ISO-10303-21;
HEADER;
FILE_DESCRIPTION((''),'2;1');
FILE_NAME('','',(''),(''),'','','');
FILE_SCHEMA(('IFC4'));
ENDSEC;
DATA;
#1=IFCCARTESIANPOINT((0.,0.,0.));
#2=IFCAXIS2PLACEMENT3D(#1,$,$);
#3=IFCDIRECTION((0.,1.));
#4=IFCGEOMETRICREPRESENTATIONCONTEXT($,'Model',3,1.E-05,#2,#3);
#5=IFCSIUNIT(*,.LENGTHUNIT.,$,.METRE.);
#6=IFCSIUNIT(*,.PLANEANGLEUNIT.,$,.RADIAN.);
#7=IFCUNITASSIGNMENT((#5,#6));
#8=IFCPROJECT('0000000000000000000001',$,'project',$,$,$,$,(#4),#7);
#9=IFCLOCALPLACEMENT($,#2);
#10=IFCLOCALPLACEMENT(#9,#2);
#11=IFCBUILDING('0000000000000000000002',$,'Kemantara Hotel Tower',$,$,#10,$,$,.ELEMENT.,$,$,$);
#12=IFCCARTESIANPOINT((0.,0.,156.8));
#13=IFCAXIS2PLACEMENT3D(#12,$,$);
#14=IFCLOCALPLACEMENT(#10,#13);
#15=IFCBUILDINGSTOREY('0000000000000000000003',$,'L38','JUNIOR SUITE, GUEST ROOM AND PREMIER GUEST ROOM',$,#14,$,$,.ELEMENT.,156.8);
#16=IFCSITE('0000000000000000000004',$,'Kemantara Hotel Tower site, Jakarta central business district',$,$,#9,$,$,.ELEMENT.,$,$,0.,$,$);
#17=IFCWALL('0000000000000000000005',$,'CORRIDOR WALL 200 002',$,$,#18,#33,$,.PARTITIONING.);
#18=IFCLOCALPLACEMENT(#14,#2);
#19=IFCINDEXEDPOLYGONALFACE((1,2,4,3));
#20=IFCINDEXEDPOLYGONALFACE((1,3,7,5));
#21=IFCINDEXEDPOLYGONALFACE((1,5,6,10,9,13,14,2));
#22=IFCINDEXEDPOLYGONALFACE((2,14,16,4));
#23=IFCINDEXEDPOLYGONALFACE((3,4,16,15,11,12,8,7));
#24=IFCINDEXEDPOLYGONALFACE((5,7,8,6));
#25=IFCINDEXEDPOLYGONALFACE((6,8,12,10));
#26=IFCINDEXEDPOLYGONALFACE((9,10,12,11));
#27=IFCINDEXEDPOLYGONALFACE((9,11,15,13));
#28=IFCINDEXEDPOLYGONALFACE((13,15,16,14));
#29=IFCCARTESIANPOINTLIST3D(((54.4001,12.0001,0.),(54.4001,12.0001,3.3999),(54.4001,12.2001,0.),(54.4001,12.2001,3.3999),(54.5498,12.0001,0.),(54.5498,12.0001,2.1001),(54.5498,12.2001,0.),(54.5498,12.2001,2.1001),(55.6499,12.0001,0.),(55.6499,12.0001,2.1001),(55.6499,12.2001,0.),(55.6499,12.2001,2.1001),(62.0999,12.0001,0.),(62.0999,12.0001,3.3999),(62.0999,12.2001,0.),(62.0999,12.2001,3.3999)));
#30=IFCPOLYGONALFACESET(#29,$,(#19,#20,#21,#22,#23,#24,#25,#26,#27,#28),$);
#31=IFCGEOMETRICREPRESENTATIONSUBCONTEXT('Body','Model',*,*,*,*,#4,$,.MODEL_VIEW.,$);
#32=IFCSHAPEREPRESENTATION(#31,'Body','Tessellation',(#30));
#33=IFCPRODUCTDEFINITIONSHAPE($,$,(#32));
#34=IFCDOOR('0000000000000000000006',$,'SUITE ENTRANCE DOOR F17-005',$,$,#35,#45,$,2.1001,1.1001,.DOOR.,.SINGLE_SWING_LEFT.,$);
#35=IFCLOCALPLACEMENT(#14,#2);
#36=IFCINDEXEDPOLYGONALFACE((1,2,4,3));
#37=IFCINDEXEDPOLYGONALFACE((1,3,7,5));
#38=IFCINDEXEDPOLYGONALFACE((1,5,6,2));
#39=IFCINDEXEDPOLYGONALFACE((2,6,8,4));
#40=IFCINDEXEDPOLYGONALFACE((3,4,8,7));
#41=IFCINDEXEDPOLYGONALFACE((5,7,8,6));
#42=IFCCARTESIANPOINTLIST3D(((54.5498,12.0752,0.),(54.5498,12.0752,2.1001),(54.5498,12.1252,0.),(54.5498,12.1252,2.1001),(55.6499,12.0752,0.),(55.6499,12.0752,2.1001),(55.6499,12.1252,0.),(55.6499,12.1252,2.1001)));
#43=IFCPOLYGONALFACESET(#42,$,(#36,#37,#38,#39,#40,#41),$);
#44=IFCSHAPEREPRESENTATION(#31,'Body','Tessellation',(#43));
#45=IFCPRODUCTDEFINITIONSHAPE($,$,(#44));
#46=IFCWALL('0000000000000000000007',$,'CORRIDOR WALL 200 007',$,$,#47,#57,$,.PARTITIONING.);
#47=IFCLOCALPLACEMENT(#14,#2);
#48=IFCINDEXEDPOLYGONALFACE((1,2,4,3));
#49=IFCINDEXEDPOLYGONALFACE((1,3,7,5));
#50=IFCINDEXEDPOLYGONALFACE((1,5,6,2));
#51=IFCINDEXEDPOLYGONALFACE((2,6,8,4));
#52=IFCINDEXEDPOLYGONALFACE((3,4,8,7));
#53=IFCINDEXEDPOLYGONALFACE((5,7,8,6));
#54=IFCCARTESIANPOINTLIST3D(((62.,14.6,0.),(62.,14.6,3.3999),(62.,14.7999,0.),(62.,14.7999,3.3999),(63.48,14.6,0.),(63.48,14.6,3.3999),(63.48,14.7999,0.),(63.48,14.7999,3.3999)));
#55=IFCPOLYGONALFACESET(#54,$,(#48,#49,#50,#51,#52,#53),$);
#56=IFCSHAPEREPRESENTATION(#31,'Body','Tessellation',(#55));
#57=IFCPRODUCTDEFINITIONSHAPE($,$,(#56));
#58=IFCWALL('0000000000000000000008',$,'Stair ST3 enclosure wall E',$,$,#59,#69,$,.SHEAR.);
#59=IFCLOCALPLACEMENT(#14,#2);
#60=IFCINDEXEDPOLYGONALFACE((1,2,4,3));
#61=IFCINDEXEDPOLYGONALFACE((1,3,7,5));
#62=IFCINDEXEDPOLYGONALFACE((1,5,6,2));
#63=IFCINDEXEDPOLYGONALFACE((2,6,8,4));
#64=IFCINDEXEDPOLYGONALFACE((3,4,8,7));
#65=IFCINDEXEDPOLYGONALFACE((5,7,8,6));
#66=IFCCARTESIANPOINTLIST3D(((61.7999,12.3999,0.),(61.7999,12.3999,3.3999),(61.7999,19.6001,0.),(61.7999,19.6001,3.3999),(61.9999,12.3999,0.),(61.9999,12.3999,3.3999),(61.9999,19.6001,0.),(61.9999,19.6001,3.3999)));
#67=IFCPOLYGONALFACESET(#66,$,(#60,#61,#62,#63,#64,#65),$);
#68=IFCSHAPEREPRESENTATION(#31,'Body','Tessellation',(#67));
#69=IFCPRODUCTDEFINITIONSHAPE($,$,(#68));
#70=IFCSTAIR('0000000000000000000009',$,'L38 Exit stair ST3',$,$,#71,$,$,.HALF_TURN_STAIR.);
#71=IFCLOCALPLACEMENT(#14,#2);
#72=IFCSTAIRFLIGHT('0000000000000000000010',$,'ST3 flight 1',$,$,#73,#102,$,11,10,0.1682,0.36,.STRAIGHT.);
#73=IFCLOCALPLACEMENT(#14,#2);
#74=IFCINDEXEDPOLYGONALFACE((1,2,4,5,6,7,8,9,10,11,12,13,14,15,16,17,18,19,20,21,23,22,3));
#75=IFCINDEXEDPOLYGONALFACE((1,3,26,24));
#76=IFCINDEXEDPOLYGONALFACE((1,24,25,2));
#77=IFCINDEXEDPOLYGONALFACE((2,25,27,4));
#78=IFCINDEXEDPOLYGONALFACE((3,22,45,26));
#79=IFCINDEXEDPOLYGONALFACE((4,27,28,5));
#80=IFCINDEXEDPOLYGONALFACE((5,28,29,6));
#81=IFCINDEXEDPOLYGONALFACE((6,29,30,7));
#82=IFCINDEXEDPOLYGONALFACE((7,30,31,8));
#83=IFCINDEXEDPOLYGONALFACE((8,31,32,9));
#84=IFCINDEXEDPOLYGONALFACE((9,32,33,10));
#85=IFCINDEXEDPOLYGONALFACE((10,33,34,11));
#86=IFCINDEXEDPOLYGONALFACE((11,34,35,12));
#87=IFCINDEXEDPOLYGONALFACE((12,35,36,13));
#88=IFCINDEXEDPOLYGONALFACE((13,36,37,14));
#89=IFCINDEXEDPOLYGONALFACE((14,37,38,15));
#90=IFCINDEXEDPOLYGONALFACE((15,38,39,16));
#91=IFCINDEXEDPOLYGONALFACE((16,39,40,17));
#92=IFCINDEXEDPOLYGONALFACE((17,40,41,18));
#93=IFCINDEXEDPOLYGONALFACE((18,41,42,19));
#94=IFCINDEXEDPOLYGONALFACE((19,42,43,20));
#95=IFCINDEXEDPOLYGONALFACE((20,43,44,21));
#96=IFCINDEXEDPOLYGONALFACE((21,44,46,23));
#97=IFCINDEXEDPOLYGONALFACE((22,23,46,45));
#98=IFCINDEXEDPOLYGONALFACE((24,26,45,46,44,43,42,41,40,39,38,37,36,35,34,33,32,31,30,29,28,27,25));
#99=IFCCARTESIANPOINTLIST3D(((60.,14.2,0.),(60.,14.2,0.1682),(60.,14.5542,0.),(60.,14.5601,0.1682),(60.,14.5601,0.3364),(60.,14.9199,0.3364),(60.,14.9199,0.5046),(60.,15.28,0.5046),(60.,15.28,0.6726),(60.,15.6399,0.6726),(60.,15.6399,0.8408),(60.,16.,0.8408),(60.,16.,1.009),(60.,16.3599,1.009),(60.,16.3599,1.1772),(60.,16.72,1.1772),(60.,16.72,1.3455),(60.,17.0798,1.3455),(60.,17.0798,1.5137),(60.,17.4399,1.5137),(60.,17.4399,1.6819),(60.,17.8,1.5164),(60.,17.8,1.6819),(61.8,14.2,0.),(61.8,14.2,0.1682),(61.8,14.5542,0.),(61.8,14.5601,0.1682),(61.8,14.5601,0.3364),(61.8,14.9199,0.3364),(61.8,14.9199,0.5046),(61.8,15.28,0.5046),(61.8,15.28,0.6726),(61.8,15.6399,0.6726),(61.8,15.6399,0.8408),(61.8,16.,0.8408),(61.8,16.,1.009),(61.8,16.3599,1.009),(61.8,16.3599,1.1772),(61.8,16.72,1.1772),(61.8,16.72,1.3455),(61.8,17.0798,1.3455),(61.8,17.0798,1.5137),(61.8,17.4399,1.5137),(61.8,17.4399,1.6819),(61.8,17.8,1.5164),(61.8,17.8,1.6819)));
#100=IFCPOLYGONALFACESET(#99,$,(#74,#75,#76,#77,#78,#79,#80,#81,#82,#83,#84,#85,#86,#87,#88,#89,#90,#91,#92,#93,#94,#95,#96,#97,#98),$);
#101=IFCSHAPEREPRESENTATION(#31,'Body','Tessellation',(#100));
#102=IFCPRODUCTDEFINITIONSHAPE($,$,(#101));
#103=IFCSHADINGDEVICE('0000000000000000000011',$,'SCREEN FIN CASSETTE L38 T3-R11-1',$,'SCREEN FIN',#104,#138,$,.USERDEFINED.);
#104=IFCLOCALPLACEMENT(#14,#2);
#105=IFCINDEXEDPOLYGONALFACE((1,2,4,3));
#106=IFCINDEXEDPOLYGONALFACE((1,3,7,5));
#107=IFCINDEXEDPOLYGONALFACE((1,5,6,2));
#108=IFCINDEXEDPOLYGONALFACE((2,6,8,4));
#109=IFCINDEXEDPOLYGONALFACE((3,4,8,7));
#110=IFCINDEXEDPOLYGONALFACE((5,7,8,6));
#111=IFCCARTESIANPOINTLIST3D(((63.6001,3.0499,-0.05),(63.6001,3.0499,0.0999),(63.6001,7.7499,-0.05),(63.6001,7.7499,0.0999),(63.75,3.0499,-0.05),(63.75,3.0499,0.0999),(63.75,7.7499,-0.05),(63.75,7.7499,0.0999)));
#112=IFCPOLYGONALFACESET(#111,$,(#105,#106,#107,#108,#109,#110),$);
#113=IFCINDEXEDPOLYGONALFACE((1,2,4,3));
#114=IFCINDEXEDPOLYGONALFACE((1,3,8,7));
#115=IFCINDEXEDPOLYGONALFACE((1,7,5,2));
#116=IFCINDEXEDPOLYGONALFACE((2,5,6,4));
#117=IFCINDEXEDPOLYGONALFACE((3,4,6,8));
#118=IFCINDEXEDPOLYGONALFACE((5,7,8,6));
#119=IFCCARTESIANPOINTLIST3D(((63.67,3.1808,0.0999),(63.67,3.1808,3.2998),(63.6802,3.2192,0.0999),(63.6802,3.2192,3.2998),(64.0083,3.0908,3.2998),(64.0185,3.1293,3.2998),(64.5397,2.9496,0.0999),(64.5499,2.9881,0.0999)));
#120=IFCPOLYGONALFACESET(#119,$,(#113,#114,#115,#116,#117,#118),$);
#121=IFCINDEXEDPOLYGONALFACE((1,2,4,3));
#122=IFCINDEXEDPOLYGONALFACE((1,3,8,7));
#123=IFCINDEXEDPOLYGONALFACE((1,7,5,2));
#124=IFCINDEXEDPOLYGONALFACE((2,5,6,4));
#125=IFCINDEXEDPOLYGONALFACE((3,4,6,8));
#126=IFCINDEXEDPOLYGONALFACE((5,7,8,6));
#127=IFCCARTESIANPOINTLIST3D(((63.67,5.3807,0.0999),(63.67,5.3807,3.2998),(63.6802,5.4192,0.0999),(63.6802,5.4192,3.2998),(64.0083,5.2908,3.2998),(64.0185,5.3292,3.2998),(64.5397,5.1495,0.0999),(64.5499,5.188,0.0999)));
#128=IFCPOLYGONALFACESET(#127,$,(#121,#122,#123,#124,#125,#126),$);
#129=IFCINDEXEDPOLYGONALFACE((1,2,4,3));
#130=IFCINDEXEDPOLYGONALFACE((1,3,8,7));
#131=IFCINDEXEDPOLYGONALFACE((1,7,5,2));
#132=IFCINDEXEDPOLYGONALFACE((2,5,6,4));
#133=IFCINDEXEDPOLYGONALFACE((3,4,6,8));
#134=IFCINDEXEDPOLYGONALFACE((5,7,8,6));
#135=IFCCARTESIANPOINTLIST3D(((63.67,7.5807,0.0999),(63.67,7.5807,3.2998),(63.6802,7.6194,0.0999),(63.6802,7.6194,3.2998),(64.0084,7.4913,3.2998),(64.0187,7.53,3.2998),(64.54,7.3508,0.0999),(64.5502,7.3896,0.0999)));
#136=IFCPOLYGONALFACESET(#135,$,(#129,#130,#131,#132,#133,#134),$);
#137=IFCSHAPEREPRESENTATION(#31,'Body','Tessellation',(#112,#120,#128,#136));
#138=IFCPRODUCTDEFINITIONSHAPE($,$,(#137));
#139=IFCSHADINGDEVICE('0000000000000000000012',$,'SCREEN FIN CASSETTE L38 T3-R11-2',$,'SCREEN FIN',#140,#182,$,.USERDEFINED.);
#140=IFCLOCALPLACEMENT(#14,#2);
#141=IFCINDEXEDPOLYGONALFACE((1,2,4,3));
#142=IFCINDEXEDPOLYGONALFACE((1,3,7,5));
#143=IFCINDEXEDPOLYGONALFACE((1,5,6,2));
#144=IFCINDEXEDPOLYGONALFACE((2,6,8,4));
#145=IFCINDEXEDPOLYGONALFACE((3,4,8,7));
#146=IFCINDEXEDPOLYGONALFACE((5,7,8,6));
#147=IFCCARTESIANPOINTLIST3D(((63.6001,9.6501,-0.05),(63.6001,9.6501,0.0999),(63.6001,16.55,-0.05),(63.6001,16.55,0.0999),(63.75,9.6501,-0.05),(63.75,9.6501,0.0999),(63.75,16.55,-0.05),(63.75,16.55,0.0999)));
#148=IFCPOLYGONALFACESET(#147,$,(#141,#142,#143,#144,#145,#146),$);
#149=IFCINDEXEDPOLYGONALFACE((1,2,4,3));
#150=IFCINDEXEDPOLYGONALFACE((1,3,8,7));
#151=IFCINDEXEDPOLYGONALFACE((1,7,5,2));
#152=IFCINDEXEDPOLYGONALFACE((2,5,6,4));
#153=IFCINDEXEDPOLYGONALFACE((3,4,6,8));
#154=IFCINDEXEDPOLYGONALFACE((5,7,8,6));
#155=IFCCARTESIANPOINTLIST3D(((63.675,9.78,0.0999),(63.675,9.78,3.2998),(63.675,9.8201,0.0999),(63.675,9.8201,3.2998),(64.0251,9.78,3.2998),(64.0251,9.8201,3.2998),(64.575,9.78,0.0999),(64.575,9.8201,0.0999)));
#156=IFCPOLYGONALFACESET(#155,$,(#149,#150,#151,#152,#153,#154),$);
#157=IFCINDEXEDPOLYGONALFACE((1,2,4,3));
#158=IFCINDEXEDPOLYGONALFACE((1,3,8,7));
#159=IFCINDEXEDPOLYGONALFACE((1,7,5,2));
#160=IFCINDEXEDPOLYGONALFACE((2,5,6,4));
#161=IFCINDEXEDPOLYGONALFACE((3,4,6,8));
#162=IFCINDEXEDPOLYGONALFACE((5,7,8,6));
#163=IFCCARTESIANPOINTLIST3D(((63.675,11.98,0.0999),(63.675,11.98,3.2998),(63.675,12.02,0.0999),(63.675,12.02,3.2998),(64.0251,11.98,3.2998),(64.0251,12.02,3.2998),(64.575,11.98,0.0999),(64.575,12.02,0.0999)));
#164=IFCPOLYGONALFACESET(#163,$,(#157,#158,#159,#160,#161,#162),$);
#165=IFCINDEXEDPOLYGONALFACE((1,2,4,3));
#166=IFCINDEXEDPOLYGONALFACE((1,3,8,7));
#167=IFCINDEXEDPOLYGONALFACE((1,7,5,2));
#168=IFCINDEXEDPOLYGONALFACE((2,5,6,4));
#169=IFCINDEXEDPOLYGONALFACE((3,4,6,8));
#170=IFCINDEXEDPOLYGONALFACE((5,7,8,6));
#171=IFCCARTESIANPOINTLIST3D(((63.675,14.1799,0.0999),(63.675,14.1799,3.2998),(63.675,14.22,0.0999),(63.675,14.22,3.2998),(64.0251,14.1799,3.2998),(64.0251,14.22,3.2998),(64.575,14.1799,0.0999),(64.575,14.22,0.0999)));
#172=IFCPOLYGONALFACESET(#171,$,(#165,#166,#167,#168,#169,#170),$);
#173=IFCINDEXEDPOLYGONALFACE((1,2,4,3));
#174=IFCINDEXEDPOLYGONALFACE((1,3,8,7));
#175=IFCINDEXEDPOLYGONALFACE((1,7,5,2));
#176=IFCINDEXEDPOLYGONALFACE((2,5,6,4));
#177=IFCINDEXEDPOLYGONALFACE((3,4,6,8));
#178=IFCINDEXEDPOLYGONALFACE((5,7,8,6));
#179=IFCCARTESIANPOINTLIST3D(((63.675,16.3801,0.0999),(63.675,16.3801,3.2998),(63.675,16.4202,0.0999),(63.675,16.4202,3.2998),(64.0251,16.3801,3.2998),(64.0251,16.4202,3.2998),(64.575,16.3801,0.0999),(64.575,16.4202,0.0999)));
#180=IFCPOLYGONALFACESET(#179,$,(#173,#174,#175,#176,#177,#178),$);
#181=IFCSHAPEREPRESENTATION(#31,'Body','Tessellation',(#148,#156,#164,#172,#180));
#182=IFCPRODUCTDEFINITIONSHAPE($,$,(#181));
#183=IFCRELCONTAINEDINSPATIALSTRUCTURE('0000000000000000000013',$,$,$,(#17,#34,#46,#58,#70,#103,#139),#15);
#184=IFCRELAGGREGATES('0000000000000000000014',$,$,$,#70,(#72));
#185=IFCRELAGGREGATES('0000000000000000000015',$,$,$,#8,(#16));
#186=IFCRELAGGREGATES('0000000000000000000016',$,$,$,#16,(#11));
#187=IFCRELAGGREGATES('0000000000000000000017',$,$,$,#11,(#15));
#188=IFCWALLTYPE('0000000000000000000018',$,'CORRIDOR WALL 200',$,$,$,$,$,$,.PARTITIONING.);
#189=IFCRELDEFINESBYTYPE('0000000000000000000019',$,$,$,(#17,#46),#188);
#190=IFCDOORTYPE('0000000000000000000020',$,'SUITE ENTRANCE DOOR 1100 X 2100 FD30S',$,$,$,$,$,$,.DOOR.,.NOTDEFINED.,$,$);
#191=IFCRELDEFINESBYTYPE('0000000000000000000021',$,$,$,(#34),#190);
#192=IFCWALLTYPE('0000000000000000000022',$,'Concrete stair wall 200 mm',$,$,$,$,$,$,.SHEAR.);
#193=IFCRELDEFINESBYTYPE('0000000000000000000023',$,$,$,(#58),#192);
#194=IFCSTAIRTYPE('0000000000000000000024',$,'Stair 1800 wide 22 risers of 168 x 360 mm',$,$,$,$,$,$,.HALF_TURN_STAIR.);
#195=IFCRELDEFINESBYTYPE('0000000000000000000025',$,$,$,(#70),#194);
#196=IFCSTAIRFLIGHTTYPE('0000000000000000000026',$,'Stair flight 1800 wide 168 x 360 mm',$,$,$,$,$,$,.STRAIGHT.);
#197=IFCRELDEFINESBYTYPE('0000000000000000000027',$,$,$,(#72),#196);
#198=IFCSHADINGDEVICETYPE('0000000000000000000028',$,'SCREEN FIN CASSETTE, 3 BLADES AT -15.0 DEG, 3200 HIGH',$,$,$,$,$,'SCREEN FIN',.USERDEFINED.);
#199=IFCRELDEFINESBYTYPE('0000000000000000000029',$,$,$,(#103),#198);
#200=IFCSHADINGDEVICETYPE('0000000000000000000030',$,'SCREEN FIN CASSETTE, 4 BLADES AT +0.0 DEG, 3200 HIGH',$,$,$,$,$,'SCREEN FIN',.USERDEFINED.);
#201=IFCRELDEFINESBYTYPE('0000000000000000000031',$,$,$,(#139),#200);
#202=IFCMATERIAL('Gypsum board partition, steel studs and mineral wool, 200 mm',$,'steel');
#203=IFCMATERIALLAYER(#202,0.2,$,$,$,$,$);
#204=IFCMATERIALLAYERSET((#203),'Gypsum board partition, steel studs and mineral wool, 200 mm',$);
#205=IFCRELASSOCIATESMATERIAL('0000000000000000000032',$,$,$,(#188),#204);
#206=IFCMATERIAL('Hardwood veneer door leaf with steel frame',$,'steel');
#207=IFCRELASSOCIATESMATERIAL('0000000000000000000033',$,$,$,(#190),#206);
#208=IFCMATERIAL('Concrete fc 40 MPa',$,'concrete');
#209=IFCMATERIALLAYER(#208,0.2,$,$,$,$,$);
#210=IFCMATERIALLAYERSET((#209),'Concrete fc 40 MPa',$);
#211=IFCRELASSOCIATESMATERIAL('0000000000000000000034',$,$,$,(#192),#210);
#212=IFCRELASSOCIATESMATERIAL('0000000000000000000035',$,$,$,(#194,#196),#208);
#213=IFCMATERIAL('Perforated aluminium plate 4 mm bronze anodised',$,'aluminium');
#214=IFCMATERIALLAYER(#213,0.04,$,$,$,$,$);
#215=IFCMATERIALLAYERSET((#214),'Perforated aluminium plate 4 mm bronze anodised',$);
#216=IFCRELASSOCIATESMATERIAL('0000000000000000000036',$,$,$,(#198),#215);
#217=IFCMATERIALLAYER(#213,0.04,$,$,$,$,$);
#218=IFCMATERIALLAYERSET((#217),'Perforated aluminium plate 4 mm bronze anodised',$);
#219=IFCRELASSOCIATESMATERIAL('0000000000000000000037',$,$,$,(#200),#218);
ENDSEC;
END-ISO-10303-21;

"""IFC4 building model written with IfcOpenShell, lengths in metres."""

from ifc_helpers import new_model, si_unit, direction, frame, frame_2d, origin, origin_2d, place, context, subcontext, project, spatial, polyline, rectangle, outline, extrude, source, transform, mapped, material, layer, layer_set, type_object, element, fill, aggregate, save


model = new_model("IFC4")

# Units and contexts
model_context = context("Model", 3, precision=1e-05, world=origin(), true_north=direction((0.0, 1.0)))
body_context = subcontext(model_context, "Body", "Model", "MODEL_VIEW")
ifc_project = project(units=[si_unit("LENGTHUNIT", "METRE"), si_unit("PLANEANGLEUNIT", "RADIAN")], contexts=[model_context])

# Site, building, storey
site_placement = place(None, origin())
site = spatial("IfcSite", under=ifc_project, at=site_placement, Name="Kemantara Hotel Tower site, Jakarta central business district", CompositionType="ELEMENT", RefElevation=0.0)
building_placement = place(site_placement, origin())
building = spatial("IfcBuilding", under=site, at=building_placement, Name="Kemantara Hotel Tower", CompositionType="ELEMENT")
storey_placement = place(building_placement, frame((0.0, 0.0, 156.8)))
storey = spatial("IfcBuildingStorey", under=building, at=storey_placement, Name="L38", Description="JUNIOR SUITE, GUEST ROOM AND PREMIER GUEST ROOM", CompositionType="ELEMENT", Elevation=156.8)

# Wall, opening, door
ifc_material_1 = material(Name="Gypsum board partition, steel studs and mineral wool, 200 mm", Category="steel")
ifc_layer_1 = layer(ifc_material_1, 0.2)
ifc_layer_set_1 = layer_set([ifc_layer_1], Name="Gypsum board partition, steel studs and mineral wool, 200 mm")
wall_type_1 = type_object("IfcWallType", Name="CORRIDOR WALL 200", PredefinedType="PARTITIONING", material=ifc_layer_set_1)
wall_1_placement = place(storey_placement, frame((62.0999, 12.1001, 0.0), z_axis=(0.0, 0.0, 1.0), x_axis=(-1.0, 0.0, 0.0)))
wall_1 = element("IfcWall", 1, at=wall_1_placement, inside=storey, type_object=wall_type_1, Name="CORRIDOR WALL 200 002", PredefinedType="PARTITIONING", context=body_context, shape_type="SweptSolid", body=[
    extrude(rectangle(XDim=7.6997, YDim=0.2, at=frame_2d((3.8499, 0.0))), origin(), (0.0, 0.0, 1.0), 3.3999),
])
opening_placement = place(wall_1_placement, frame((6.45, 0.0, 0.0)))
opening = element("IfcOpeningElement", 2, at=opening_placement, cuts=wall_1, PredefinedType="OPENING", context=body_context, shape_type="SweptSolid", body=[
    extrude(rectangle(XDim=1.1001, YDim=2.1001, at=frame_2d((0.55, 1.05))), frame((0.0, 0.1099, 0.0), z_axis=(0.0, -1.0, 0.0), x_axis=(1.0, 0.0, 0.0)), (0.0, 0.0, 1.0), 0.22),
])
ifc_material_2 = material(Name="Hardwood veneer door leaf with steel frame", Category="steel")
door_type = type_object("IfcDoorType", Name="SUITE ENTRANCE DOOR 1100 X 2100 FD30S", OperationType="NOTDEFINED", PredefinedType="DOOR", material=ifc_material_2)
door_placement = place(opening_placement, origin())
door = element("IfcDoor", 3, at=door_placement, inside=storey, type_object=door_type, Name="SUITE ENTRANCE DOOR F17-005", OperationType="SINGLE_SWING_LEFT", OverallHeight=2.1001, OverallWidth=1.1001, PredefinedType="DOOR", context=body_context, shape_type="SweptSolid", body=[
    extrude(rectangle(XDim=1.1001, YDim=2.1001, at=frame_2d((0.55, 1.05))), frame((0.0, 0.0249, 0.0), z_axis=(0.0, -1.0, 0.0), x_axis=(1.0, 0.0, 0.0)), (0.0, 0.0, 1.0), 0.05),
])
fill(opening, door)

# Walls
wall_2_placement = place(storey_placement, frame((62.0, 14.7, 0.0), z_axis=(0.0, 0.0, 1.0), x_axis=(1.0, 0.0, 0.0)))
element("IfcWall", 4, at=wall_2_placement, inside=storey, type_object=wall_type_1, Name="CORRIDOR WALL 200 007", PredefinedType="PARTITIONING", context=body_context, shape_type="SweptSolid", body=[
    extrude(rectangle(XDim=1.48, YDim=0.2, at=frame_2d((0.74, 0.0))), origin(), (0.0, 0.0, 1.0), 3.3999),
])
ifc_material_3 = material(Name="Concrete fc 40 MPa", Category="concrete")
ifc_layer_2 = layer(ifc_material_3, 0.2)
ifc_layer_set_2 = layer_set([ifc_layer_2], Name="Concrete fc 40 MPa")
wall_type_2 = type_object("IfcWallType", Name="Concrete stair wall 200 mm", PredefinedType="SHEAR", material=ifc_layer_set_2)
wall_3_placement = place(storey_placement, frame((61.8999, 12.3999, 0.0), z_axis=(0.0, 0.0, 1.0), x_axis=(0.0, 1.0, 0.0)))
element("IfcWall", 5, at=wall_3_placement, inside=storey, type_object=wall_type_2, Name="Stair ST3 enclosure wall E", PredefinedType="SHEAR", context=body_context, shape_type="SweptSolid", body=[
    extrude(rectangle(XDim=7.2002, YDim=0.2, at=frame_2d((3.6001, 0.0))), origin(), (0.0, 0.0, 1.0), 3.3999),
])

# Stair, stair flight
stair_type = type_object("IfcStairType", Name="Stair 1800 wide 22 risers of 168 x 360 mm", PredefinedType="HALF_TURN_STAIR", material=ifc_material_3)
stair_placement = place(storey_placement, origin())
stair = element("IfcStair", 6, at=stair_placement, inside=storey, type_object=stair_type, Name="L38 Exit stair ST3", PredefinedType="HALF_TURN_STAIR")
stair_flight_type = type_object("IfcStairFlightType", Name="Stair flight 1800 wide 168 x 360 mm", PredefinedType="STRAIGHT", material=ifc_material_3)
stair_flight_placement = place(storey_placement, frame((60.8999, 14.2, 0.0), z_axis=(0.0, 0.0, 1.0), x_axis=(0.0, 1.0, 0.0)))
stair_flight = element("IfcStairFlight", 7, at=stair_flight_placement, type_object=stair_flight_type, Name="ST3 flight 1", NumberOfRisers=11, NumberOfTreads=10, PredefinedType="STRAIGHT", RiserHeight=0.1682, TreadLength=0.36, context=body_context, shape_type="SweptSolid", body=[
    extrude(outline(polyline([(0.0, 0.0), (0.0, 0.1682), (0.3601, 0.1682), (0.3601, 0.3364), (0.72, 0.3364), (0.72, 0.5046), (1.0801, 0.5046), (1.0801, 0.6726), (1.4399, 0.6726), (1.4399, 0.8408), (1.8, 0.8408), (1.8, 1.009), (2.1599, 1.009), (2.1599, 1.1772), (2.52, 1.1772), (2.52, 1.3455), (2.8799, 1.3455), (2.8799, 1.5137), (3.24, 1.5137), (3.24, 1.6819), (3.6001, 1.6819), (3.6001, 1.8501), (3.6001, 1.5164), (0.3542, 0.0), (0.0, 0.0)])), frame((0.0, 0.8999, 0.0), z_axis=(0.0, -1.0, 0.0), x_axis=(1.0, 0.0, 0.0)), (0.0, 0.0, 1.0), 1.8),
])
aggregate(stair, [stair_flight])

# Shading devices
ifc_material_4 = material(Name="Perforated aluminium plate 4 mm bronze anodised", Category="aluminium")
ifc_layer_3 = layer(ifc_material_4, 0.04)
ifc_layer_set_3 = layer_set([ifc_layer_3], Name="Perforated aluminium plate 4 mm bronze anodised")
shading_device_type_1 = type_object("IfcShadingDeviceType", Name="SCREEN FIN CASSETTE, 3 BLADES AT -15.0 DEG, 3200 HIGH", ElementType="SCREEN FIN", PredefinedType="USERDEFINED", material=ifc_layer_set_3)
shared_shape_1 = source(origin(), body_context, "Body", "SweptSolid", [
    extrude(rectangle(XDim=4.7, YDim=0.1499, at=origin_2d()), frame((2.2, -0.075, -0.1499), z_axis=(0.0, 0.0, 1.0), x_axis=(1.0, 0.0, 0.0)), (0.0, 0.0, 1.0), 0.1499),
    extrude(outline(polyline([(0.0, 0.0), (0.8999, 0.0), (0.3501, 3.2), (0.0, 3.2), (0.0, 0.0)])), frame((0.0193, -0.0801, 0.0), z_axis=(-0.966438, 0.256901, 0.0), x_axis=(-0.256901, -0.966438, 0.0)), (0.0, 0.0, 1.0), 0.0398),
    extrude(outline(polyline([(0.0, 0.0), (0.8999, 0.0), (0.3501, 3.2), (0.0, 3.2), (0.0, 0.0)])), frame((2.2192, -0.0801, 0.0), z_axis=(-0.966438, 0.256901, 0.0), x_axis=(-0.256901, -0.966438, 0.0)), (0.0, 0.0, 1.0), 0.0398),
    extrude(outline(polyline([(0.0, 0.0), (0.8999, 0.0), (0.3501, 3.2), (0.0, 3.2), (0.0, 0.0)])), frame((4.4194, -0.0801, 0.0), z_axis=(-0.966838, 0.255391, 0.0), x_axis=(-0.255391, -0.966838, 0.0)), (0.0, 0.0, 1.0), 0.04),
])
shading_device_1_placement = place(storey_placement, frame((63.6001, 3.2, 0.0999), z_axis=(0.0, 0.0, 1.0), x_axis=(0.0, 1.0, 0.0)))
element("IfcShadingDevice", 8, at=shading_device_1_placement, inside=storey, type_object=shading_device_type_1, Name="SCREEN FIN CASSETTE L38 T3-R11-1", ObjectType="SCREEN FIN", PredefinedType="USERDEFINED", context=body_context, shape_type="MappedRepresentation", body=[
    mapped(shared_shape_1, transform((0.0, 0.0, 0.0))),
])
ifc_layer_4 = layer(ifc_material_4, 0.04)
ifc_layer_set_4 = layer_set([ifc_layer_4], Name="Perforated aluminium plate 4 mm bronze anodised")
shading_device_type_2 = type_object("IfcShadingDeviceType", Name="SCREEN FIN CASSETTE, 4 BLADES AT +0.0 DEG, 3200 HIGH", ElementType="SCREEN FIN", PredefinedType="USERDEFINED", material=ifc_layer_set_4)
shared_shape_2 = source(origin(), body_context, "Body", "SweptSolid", [
    extrude(rectangle(XDim=6.8999, YDim=0.1499, at=origin_2d()), frame((3.3, -0.075, -0.1499), z_axis=(0.0, 0.0, 1.0), x_axis=(1.0, 0.0, 0.0)), (0.0, 0.0, 1.0), 0.1499),
    extrude(outline(polyline([(0.0, 0.0), (0.8999, 0.0), (0.3501, 3.2), (0.0, 3.2), (0.0, 0.0)])), frame((0.02, -0.075, 0.0), z_axis=(-1.0, 0.0, 0.0), x_axis=(0.0, -1.0, 0.0)), (0.0, 0.0, 1.0), 0.04),
    extrude(outline(polyline([(0.0, 0.0), (0.8999, 0.0), (0.3501, 3.2), (0.0, 3.2), (0.0, 0.0)])), frame((2.22, -0.075, 0.0), z_axis=(-1.0, 0.0, 0.0), x_axis=(0.0, -1.0, 0.0)), (0.0, 0.0, 1.0), 0.04),
    extrude(outline(polyline([(0.0, 0.0), (0.8999, 0.0), (0.3501, 3.2), (0.0, 3.2), (0.0, 0.0)])), frame((4.4199, -0.075, 0.0), z_axis=(-1.0, 0.0, 0.0), x_axis=(0.0, -1.0, 0.0)), (0.0, 0.0, 1.0), 0.04),
    extrude(outline(polyline([(0.0, 0.0), (0.8999, 0.0), (0.3501, 3.2), (0.0, 3.2), (0.0, 0.0)])), frame((6.6201, -0.075, 0.0), z_axis=(-1.0, 0.0, 0.0), x_axis=(0.0, -1.0, 0.0)), (0.0, 0.0, 1.0), 0.04),
])
shading_device_2_placement = place(storey_placement, frame((63.6001, 9.8, 0.0999), z_axis=(0.0, 0.0, 1.0), x_axis=(0.0, 1.0, 0.0)))
element("IfcShadingDevice", 9, at=shading_device_2_placement, inside=storey, type_object=shading_device_type_2, Name="SCREEN FIN CASSETTE L38 T3-R11-2", ObjectType="SCREEN FIN", PredefinedType="USERDEFINED", context=body_context, shape_type="MappedRepresentation", body=[
    mapped(shared_shape_2, transform((0.0, 0.0, 0.0))),
])

save(model, "model.ifc")
